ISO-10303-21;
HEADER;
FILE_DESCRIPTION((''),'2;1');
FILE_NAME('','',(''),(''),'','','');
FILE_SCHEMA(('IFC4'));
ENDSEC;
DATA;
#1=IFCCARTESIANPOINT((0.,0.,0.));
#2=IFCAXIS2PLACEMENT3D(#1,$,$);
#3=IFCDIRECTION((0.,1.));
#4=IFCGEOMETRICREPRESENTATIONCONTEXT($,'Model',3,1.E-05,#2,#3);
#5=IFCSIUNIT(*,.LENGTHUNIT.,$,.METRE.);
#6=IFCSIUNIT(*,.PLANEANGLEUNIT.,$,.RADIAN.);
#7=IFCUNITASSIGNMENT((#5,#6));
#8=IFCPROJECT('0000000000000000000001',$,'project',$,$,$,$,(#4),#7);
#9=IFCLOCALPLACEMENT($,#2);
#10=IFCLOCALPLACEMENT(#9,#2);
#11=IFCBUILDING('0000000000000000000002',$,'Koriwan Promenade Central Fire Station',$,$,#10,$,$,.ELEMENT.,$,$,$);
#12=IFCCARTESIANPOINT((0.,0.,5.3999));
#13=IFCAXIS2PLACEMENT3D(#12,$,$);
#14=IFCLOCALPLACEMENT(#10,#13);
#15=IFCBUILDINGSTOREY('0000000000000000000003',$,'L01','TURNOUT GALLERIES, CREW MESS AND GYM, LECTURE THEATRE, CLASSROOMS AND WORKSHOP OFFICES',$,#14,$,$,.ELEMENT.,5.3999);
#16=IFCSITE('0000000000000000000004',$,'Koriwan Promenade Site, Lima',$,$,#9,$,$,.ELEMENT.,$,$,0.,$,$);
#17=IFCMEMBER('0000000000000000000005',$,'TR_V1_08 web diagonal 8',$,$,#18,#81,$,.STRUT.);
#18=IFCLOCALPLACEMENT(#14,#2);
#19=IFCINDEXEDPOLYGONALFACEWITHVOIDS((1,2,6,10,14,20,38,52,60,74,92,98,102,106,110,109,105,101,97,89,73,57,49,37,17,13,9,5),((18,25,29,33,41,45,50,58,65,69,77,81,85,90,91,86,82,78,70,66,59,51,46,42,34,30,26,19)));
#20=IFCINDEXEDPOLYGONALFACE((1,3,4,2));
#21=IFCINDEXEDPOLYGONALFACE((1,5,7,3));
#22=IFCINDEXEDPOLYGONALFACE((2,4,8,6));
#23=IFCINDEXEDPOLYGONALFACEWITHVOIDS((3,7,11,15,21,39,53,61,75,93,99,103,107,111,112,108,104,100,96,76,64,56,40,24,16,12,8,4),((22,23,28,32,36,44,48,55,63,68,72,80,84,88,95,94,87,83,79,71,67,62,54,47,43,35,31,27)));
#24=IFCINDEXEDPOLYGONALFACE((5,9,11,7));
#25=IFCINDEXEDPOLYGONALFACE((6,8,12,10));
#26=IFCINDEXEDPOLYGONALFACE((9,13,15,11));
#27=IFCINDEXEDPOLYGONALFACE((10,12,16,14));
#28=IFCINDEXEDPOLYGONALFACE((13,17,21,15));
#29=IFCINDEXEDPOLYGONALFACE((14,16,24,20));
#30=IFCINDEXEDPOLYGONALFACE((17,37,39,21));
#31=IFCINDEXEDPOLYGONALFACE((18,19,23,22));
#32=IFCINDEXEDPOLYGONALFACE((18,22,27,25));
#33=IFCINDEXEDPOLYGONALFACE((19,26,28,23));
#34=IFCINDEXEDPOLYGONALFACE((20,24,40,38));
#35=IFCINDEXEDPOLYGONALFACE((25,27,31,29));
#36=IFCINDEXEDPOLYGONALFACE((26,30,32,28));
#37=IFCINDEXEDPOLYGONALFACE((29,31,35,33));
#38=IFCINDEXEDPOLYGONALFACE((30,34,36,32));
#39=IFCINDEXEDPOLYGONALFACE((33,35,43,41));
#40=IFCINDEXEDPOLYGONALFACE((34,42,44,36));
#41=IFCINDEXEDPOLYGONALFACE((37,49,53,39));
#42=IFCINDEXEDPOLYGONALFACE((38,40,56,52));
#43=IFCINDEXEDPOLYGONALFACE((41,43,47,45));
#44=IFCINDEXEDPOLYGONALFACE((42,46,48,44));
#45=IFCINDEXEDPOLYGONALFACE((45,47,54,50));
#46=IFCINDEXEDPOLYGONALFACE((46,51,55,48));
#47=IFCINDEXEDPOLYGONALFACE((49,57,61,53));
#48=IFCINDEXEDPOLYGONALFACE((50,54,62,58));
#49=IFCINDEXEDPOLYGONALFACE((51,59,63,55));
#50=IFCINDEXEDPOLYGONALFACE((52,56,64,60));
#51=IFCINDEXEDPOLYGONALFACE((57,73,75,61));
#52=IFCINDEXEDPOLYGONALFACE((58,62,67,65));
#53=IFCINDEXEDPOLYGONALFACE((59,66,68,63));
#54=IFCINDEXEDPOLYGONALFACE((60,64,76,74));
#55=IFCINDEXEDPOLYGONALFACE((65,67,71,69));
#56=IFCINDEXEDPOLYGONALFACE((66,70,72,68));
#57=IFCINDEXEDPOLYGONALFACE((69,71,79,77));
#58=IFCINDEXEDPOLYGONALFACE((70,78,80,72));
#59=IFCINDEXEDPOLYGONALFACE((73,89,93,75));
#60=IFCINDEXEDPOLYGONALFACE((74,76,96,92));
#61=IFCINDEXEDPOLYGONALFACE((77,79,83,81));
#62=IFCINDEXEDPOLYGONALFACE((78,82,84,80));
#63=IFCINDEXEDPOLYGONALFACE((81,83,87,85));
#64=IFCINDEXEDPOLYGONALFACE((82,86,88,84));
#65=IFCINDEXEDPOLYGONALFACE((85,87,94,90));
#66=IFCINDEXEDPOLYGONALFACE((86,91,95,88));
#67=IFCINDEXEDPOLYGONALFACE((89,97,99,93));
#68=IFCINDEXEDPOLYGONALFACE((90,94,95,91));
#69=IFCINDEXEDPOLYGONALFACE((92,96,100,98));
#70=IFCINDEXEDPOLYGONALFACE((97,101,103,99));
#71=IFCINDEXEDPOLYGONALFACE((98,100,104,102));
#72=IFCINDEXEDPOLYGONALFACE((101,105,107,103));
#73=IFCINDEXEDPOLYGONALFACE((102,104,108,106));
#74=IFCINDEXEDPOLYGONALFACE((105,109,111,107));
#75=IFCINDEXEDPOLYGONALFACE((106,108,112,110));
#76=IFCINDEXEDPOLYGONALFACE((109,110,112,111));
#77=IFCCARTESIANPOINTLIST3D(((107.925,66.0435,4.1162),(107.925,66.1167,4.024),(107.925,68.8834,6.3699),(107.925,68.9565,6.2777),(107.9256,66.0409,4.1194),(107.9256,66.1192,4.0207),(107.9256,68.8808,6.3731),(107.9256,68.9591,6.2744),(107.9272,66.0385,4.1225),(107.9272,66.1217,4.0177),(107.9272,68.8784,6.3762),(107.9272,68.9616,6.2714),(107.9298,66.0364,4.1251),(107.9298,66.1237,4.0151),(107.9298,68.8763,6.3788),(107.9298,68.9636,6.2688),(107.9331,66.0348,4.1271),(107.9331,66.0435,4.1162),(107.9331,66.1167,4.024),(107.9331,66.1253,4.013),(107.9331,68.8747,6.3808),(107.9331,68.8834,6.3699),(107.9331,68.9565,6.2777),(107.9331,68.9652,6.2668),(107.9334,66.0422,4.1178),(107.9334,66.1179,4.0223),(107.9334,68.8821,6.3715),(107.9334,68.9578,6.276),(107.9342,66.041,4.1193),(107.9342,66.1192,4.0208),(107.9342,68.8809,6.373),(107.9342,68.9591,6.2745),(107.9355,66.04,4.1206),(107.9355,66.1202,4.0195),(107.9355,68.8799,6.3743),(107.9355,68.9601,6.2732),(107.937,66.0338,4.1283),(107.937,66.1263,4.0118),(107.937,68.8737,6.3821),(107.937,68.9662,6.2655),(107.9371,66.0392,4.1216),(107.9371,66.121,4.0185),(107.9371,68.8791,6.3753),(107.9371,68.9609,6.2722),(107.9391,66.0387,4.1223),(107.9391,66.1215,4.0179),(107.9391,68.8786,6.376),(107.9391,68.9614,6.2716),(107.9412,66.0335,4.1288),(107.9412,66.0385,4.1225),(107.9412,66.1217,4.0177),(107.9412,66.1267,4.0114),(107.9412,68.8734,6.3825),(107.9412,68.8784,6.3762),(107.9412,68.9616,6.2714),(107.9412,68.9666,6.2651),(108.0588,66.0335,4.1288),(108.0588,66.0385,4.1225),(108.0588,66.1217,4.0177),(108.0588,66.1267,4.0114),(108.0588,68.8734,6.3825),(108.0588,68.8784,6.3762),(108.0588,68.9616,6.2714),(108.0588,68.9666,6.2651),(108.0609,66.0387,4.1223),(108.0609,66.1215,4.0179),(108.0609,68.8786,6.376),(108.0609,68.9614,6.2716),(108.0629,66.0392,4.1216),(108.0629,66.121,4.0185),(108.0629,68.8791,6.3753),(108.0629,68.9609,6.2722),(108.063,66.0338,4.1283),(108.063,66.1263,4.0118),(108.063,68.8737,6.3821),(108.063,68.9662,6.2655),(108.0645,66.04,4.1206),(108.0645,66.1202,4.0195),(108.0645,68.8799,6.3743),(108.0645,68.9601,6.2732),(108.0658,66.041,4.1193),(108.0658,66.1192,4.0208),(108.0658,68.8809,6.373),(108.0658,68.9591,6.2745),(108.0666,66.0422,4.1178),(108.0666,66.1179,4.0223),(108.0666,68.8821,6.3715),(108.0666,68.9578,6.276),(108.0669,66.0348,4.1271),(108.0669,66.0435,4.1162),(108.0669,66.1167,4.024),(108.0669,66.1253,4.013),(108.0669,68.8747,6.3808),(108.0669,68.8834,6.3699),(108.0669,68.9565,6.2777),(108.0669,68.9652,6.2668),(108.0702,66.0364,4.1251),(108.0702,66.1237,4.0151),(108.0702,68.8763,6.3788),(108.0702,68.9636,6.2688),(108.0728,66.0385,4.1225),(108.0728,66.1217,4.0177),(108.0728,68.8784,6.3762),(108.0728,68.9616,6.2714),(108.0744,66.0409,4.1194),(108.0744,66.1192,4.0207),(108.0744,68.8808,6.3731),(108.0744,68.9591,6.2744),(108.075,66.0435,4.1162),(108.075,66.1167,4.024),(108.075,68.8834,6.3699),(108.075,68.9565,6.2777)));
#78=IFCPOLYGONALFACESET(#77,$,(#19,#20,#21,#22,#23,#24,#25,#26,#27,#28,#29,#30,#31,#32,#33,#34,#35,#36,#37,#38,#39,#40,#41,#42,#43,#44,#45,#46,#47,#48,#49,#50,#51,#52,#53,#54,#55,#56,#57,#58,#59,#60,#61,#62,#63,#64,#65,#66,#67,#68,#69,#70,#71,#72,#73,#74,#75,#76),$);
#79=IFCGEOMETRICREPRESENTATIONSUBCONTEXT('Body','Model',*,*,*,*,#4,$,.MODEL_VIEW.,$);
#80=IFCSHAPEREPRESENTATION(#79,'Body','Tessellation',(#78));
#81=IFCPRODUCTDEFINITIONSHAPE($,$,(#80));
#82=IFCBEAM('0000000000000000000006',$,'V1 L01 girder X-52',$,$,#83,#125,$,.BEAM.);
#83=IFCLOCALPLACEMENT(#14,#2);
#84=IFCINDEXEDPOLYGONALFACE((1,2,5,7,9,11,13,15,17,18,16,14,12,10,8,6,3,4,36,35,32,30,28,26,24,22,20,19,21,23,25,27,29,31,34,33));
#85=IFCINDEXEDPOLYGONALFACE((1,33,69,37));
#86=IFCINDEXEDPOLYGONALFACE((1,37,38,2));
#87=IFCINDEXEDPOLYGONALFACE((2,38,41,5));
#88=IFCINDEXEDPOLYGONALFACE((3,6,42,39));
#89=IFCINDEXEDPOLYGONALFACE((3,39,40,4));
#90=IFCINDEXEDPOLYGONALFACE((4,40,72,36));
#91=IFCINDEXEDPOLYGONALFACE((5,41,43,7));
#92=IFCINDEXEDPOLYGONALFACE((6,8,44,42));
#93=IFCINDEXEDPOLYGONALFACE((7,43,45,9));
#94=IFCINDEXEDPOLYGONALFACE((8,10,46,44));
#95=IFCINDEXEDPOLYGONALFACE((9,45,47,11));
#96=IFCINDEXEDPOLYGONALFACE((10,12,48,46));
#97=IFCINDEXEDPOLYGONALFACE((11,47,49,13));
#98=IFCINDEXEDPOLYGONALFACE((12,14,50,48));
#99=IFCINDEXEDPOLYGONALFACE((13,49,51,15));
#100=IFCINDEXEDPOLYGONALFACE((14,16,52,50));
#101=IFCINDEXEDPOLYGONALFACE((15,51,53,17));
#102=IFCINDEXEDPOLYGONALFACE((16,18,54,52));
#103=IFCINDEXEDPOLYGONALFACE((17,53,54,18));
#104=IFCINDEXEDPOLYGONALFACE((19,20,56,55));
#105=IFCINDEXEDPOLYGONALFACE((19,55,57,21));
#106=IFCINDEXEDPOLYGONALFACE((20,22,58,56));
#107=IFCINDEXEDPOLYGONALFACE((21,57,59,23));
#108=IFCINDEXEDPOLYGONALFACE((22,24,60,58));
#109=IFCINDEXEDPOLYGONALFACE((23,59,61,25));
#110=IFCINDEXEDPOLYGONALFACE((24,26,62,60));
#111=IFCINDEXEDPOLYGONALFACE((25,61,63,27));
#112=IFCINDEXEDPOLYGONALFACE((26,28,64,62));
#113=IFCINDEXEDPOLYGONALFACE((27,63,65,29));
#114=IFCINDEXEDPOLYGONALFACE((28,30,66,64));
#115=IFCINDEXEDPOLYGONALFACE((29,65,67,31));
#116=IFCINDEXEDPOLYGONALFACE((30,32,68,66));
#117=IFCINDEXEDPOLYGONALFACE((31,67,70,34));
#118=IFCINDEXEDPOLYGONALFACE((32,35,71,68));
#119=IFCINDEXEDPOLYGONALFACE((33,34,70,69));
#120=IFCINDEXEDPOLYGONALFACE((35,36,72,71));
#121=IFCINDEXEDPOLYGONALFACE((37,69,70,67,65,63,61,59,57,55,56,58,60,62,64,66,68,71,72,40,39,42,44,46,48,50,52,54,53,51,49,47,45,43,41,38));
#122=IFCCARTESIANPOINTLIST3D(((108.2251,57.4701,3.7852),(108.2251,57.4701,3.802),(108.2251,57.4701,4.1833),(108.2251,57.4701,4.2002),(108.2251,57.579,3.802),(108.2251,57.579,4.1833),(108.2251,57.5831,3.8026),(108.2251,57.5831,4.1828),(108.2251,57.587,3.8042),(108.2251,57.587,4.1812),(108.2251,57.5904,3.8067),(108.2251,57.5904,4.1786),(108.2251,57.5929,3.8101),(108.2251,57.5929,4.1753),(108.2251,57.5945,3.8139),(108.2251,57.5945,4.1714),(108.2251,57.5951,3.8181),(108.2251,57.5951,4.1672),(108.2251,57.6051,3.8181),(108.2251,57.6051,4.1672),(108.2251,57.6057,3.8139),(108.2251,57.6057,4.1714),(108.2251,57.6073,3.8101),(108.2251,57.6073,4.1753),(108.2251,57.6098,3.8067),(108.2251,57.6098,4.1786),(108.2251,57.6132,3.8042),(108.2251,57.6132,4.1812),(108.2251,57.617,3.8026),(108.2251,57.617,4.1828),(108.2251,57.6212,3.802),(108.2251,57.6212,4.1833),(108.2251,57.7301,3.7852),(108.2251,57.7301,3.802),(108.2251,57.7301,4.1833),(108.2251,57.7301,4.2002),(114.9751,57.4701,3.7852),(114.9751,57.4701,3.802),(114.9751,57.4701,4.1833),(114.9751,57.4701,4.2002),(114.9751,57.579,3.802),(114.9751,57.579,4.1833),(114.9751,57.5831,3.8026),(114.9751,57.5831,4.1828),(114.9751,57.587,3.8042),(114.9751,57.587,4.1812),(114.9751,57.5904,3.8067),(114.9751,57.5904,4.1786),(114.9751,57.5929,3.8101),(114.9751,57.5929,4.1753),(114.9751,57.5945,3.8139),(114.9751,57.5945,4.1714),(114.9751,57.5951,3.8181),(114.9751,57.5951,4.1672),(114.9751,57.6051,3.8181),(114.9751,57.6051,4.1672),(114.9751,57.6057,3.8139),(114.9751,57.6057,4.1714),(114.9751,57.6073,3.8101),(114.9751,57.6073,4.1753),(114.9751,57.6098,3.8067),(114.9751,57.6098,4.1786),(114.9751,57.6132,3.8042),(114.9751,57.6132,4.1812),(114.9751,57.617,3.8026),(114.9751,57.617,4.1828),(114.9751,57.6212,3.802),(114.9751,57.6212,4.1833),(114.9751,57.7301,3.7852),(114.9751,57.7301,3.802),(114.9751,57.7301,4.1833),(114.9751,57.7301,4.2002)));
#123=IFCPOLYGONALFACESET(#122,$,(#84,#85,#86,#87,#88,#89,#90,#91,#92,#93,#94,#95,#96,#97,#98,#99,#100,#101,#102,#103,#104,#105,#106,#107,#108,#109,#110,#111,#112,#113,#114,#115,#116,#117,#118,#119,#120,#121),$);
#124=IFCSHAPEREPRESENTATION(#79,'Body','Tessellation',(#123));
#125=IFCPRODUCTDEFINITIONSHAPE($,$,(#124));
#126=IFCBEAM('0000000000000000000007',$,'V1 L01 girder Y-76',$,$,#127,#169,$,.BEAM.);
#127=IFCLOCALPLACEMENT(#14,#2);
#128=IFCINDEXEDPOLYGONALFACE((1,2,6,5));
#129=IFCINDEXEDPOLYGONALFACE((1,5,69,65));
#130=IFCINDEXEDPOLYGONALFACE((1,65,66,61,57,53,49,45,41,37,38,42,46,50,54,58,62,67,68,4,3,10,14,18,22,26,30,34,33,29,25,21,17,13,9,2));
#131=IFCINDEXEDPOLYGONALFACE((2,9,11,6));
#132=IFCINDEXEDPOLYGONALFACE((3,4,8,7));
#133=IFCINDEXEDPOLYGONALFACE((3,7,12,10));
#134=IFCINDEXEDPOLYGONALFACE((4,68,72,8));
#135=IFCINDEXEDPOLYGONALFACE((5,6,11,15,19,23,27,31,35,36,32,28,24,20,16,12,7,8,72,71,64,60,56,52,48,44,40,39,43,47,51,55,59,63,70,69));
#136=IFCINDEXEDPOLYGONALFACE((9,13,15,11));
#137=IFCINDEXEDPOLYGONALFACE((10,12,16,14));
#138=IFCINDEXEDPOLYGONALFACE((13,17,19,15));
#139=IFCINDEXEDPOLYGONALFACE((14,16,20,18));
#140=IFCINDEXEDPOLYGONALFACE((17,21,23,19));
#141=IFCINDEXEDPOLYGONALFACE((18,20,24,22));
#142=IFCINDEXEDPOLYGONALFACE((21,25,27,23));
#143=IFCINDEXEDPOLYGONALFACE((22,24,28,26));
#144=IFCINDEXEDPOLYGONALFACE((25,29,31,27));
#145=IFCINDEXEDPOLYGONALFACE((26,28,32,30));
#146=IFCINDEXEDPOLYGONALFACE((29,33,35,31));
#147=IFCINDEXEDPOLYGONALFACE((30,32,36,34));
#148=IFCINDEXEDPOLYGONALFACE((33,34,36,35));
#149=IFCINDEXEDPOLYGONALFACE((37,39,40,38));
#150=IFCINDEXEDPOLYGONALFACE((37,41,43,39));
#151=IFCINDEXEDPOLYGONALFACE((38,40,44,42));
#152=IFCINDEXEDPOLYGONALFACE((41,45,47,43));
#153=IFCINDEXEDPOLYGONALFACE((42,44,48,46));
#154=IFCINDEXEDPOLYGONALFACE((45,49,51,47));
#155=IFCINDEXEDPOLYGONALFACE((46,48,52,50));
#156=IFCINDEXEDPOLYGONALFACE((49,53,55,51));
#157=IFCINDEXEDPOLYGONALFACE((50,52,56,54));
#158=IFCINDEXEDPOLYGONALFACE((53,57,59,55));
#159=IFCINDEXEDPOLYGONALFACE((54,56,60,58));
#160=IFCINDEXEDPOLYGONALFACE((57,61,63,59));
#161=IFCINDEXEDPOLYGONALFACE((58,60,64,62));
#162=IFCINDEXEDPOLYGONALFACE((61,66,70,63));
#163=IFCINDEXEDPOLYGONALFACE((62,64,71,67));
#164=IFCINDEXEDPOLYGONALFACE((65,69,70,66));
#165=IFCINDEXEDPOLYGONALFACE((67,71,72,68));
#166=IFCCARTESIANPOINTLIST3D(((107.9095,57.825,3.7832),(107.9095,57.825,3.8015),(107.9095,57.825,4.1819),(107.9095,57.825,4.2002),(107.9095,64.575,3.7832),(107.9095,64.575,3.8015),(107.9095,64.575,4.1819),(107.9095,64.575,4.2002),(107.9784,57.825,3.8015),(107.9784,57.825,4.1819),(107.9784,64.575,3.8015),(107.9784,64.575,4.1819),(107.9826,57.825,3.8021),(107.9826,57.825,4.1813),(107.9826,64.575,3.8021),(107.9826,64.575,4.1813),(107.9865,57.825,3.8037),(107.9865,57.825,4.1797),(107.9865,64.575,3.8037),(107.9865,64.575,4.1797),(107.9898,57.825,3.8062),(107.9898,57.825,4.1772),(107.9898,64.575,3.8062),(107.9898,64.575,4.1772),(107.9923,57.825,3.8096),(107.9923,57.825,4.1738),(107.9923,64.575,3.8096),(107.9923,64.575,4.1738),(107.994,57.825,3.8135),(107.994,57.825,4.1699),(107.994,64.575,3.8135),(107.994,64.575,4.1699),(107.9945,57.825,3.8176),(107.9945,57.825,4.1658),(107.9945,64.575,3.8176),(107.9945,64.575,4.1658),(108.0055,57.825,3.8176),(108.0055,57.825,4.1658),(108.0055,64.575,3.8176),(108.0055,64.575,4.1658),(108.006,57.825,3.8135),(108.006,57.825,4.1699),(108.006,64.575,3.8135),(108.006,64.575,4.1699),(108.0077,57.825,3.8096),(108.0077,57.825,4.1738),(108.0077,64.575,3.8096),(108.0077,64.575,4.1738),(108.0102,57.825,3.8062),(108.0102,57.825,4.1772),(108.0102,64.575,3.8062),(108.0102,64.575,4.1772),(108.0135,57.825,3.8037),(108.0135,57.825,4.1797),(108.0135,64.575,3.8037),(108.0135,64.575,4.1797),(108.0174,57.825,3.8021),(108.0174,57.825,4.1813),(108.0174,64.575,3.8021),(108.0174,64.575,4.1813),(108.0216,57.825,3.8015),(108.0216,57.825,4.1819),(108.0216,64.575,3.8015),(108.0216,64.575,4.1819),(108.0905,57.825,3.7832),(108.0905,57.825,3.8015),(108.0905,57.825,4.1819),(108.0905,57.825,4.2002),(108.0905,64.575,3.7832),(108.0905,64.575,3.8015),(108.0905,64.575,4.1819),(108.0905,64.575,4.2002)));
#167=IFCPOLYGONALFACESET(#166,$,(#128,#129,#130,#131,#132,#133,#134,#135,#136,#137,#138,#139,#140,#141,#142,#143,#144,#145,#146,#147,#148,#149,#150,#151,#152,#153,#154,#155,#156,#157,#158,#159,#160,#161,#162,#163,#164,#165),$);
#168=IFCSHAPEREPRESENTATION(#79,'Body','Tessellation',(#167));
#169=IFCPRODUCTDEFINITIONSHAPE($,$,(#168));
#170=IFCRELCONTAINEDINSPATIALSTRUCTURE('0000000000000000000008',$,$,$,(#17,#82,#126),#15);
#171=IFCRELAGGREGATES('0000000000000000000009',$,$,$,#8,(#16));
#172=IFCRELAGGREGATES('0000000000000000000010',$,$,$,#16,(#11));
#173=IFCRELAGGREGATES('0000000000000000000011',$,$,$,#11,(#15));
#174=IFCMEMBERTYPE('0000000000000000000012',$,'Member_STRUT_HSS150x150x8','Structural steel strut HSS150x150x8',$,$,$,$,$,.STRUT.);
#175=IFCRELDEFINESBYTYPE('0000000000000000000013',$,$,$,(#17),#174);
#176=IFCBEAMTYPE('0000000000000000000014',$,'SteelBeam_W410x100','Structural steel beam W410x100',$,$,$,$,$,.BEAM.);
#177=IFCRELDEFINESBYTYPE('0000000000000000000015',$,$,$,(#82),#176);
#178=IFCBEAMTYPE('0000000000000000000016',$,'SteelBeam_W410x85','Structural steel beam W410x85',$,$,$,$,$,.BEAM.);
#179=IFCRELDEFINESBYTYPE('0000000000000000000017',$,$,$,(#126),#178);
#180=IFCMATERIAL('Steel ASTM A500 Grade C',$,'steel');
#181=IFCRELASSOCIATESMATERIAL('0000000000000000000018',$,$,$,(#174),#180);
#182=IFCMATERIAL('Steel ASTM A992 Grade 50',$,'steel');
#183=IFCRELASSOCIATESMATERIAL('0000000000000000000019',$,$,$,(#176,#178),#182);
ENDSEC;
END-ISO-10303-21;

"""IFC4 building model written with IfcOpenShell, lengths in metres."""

from ifc_helpers import new_model, si_unit, direction, frame, origin, origin_2d, place, context, subcontext, project, spatial, hollow_rectangle, i_section, extrude, material, material_profile, profile_set, type_object, element, save


model = new_model("IFC4")

# Units and contexts
model_context = context("Model", 3, precision=1e-05, world=origin(), true_north=direction((0.0, 1.0)))
body_context = subcontext(model_context, "Body", "Model", "MODEL_VIEW")
ifc_project = project(units=[si_unit("LENGTHUNIT", "METRE"), si_unit("PLANEANGLEUNIT", "RADIAN")], contexts=[model_context])

# Site, building, storey
site_placement = place(None, origin())
site = spatial("IfcSite", under=ifc_project, at=site_placement, Name="Koriwan Promenade Site, Lima", CompositionType="ELEMENT", RefElevation=0.0)
building_placement = place(site_placement, origin())
building = spatial("IfcBuilding", under=site, at=building_placement, Name="Koriwan Promenade Central Fire Station", CompositionType="ELEMENT")
storey_placement = place(building_placement, frame((0.0, 0.0, 5.3999)))
storey = spatial("IfcBuildingStorey", under=building, at=storey_placement, Name="L01", Description="TURNOUT GALLERIES, CREW MESS AND GYM, LECTURE THEATRE, CLASSROOMS AND WORKSHOP OFFICES", CompositionType="ELEMENT", Elevation=5.3999)

# Member
ifc_material_1 = material(Name="Steel ASTM A992 Grade 50", Category="steel")
ifc_material_2 = material(Name="Steel ASTM A500 Grade C", Category="steel")
ifc_material_profile_1 = material_profile(ifc_material_2, hollow_rectangle(XDim=0.1499, YDim=0.1499, WallThickness=0.0081, InnerFilletRadius=0.0081, OuterFilletRadius=0.0161, at=origin_2d()), Name="HSS150x150x8")
ifc_profile_set_1 = profile_set([ifc_material_profile_1], Name="Steel ASTM A500 Grade C")
member_type_1 = type_object("IfcMemberType", Name="Member_STRUT_HSS150x150x8", Description="Structural steel strut HSS150x150x8", PredefinedType="STRUT", material=ifc_profile_set_1)
member_1_placement = place(storey_placement, frame((108.0, 66.0801, 4.0701), z_axis=(0.0, 0.783313, 0.621627), x_axis=(-1.0, 0.0, 0.0)))
element("IfcMember", 1, at=member_1_placement, inside=storey, type_object=member_type_1, Name="TR_V1_08 web diagonal 8", PredefinedType="STRUT", context=body_context, shape_type="SweptSolid", body=[
    extrude(hollow_rectangle(XDim=0.1499, YDim=0.1499, WallThickness=0.0081, InnerFilletRadius=0.0081, OuterFilletRadius=0.0161, at=origin_2d()), origin(), (0.0, 0.0, 1.0), 3.6255),
])

# Beams
ifc_material_profile_2 = material_profile(ifc_material_1, i_section(OverallWidth=0.26, OverallDepth=0.415, WebThickness=0.01, FlangeThickness=0.0168, FilletRadius=0.0161, at=origin_2d()), Name="W410x100")
ifc_profile_set_2 = profile_set([ifc_material_profile_2], Name="Steel ASTM A992 Grade 50")
beam_type_1 = type_object("IfcBeamType", Name="SteelBeam_W410x100", Description="Structural steel beam W410x100", PredefinedType="BEAM", material=ifc_profile_set_2)
beam_placement = place(storey_placement, frame((108.2251, 57.6001, 3.9927), z_axis=(1.0, 0.0, 0.0), x_axis=(0.0, 1.0, 0.0)))
element("IfcBeam", 2, at=beam_placement, inside=storey, type_object=beam_type_1, Name="V1 L01 girder X-52", PredefinedType="BEAM", context=body_context, shape_type="SweptSolid", body=[
    extrude(i_section(OverallWidth=0.26, OverallDepth=0.415, WebThickness=0.01, FlangeThickness=0.0168, FilletRadius=0.0161, at=origin_2d()), origin(), (0.0, 0.0, 1.0), 6.75),
])
ifc_material_profile_3 = material_profile(ifc_material_1, i_section(OverallWidth=0.1809, OverallDepth=0.417, WebThickness=0.011, FlangeThickness=0.0183, FilletRadius=0.0161, at=origin_2d()), Name="W410x85")
ifc_profile_set_3 = profile_set([ifc_material_profile_3], Name="Steel ASTM A992 Grade 50")
beam_type_2 = type_object("IfcBeamType", Name="SteelBeam_W410x85", Description="Structural steel beam W410x85", PredefinedType="BEAM", material=ifc_profile_set_3)
for number, where, z_axis, x_axis, name in (
    (3, (108.0, 57.825, 3.9917), (0.0, 1.0, 0.0), (-1.0, 0.0, 0.0), "V1 L01 girder Y-76"),
):
    element("IfcBeam", number, at=place(storey_placement, frame(where, z_axis=z_axis, x_axis=x_axis)), inside=storey, type_object=beam_type_2, Name=name, PredefinedType="BEAM", context=body_context, shape_type="SweptSolid", body=[
        extrude(i_section(OverallWidth=0.1809, OverallDepth=0.417, WebThickness=0.011, FlangeThickness=0.0183, FilletRadius=0.0161, at=origin_2d()), origin(), (0.0, 0.0, 1.0), 6.75),
    ])

save(model, "model.ifc")
